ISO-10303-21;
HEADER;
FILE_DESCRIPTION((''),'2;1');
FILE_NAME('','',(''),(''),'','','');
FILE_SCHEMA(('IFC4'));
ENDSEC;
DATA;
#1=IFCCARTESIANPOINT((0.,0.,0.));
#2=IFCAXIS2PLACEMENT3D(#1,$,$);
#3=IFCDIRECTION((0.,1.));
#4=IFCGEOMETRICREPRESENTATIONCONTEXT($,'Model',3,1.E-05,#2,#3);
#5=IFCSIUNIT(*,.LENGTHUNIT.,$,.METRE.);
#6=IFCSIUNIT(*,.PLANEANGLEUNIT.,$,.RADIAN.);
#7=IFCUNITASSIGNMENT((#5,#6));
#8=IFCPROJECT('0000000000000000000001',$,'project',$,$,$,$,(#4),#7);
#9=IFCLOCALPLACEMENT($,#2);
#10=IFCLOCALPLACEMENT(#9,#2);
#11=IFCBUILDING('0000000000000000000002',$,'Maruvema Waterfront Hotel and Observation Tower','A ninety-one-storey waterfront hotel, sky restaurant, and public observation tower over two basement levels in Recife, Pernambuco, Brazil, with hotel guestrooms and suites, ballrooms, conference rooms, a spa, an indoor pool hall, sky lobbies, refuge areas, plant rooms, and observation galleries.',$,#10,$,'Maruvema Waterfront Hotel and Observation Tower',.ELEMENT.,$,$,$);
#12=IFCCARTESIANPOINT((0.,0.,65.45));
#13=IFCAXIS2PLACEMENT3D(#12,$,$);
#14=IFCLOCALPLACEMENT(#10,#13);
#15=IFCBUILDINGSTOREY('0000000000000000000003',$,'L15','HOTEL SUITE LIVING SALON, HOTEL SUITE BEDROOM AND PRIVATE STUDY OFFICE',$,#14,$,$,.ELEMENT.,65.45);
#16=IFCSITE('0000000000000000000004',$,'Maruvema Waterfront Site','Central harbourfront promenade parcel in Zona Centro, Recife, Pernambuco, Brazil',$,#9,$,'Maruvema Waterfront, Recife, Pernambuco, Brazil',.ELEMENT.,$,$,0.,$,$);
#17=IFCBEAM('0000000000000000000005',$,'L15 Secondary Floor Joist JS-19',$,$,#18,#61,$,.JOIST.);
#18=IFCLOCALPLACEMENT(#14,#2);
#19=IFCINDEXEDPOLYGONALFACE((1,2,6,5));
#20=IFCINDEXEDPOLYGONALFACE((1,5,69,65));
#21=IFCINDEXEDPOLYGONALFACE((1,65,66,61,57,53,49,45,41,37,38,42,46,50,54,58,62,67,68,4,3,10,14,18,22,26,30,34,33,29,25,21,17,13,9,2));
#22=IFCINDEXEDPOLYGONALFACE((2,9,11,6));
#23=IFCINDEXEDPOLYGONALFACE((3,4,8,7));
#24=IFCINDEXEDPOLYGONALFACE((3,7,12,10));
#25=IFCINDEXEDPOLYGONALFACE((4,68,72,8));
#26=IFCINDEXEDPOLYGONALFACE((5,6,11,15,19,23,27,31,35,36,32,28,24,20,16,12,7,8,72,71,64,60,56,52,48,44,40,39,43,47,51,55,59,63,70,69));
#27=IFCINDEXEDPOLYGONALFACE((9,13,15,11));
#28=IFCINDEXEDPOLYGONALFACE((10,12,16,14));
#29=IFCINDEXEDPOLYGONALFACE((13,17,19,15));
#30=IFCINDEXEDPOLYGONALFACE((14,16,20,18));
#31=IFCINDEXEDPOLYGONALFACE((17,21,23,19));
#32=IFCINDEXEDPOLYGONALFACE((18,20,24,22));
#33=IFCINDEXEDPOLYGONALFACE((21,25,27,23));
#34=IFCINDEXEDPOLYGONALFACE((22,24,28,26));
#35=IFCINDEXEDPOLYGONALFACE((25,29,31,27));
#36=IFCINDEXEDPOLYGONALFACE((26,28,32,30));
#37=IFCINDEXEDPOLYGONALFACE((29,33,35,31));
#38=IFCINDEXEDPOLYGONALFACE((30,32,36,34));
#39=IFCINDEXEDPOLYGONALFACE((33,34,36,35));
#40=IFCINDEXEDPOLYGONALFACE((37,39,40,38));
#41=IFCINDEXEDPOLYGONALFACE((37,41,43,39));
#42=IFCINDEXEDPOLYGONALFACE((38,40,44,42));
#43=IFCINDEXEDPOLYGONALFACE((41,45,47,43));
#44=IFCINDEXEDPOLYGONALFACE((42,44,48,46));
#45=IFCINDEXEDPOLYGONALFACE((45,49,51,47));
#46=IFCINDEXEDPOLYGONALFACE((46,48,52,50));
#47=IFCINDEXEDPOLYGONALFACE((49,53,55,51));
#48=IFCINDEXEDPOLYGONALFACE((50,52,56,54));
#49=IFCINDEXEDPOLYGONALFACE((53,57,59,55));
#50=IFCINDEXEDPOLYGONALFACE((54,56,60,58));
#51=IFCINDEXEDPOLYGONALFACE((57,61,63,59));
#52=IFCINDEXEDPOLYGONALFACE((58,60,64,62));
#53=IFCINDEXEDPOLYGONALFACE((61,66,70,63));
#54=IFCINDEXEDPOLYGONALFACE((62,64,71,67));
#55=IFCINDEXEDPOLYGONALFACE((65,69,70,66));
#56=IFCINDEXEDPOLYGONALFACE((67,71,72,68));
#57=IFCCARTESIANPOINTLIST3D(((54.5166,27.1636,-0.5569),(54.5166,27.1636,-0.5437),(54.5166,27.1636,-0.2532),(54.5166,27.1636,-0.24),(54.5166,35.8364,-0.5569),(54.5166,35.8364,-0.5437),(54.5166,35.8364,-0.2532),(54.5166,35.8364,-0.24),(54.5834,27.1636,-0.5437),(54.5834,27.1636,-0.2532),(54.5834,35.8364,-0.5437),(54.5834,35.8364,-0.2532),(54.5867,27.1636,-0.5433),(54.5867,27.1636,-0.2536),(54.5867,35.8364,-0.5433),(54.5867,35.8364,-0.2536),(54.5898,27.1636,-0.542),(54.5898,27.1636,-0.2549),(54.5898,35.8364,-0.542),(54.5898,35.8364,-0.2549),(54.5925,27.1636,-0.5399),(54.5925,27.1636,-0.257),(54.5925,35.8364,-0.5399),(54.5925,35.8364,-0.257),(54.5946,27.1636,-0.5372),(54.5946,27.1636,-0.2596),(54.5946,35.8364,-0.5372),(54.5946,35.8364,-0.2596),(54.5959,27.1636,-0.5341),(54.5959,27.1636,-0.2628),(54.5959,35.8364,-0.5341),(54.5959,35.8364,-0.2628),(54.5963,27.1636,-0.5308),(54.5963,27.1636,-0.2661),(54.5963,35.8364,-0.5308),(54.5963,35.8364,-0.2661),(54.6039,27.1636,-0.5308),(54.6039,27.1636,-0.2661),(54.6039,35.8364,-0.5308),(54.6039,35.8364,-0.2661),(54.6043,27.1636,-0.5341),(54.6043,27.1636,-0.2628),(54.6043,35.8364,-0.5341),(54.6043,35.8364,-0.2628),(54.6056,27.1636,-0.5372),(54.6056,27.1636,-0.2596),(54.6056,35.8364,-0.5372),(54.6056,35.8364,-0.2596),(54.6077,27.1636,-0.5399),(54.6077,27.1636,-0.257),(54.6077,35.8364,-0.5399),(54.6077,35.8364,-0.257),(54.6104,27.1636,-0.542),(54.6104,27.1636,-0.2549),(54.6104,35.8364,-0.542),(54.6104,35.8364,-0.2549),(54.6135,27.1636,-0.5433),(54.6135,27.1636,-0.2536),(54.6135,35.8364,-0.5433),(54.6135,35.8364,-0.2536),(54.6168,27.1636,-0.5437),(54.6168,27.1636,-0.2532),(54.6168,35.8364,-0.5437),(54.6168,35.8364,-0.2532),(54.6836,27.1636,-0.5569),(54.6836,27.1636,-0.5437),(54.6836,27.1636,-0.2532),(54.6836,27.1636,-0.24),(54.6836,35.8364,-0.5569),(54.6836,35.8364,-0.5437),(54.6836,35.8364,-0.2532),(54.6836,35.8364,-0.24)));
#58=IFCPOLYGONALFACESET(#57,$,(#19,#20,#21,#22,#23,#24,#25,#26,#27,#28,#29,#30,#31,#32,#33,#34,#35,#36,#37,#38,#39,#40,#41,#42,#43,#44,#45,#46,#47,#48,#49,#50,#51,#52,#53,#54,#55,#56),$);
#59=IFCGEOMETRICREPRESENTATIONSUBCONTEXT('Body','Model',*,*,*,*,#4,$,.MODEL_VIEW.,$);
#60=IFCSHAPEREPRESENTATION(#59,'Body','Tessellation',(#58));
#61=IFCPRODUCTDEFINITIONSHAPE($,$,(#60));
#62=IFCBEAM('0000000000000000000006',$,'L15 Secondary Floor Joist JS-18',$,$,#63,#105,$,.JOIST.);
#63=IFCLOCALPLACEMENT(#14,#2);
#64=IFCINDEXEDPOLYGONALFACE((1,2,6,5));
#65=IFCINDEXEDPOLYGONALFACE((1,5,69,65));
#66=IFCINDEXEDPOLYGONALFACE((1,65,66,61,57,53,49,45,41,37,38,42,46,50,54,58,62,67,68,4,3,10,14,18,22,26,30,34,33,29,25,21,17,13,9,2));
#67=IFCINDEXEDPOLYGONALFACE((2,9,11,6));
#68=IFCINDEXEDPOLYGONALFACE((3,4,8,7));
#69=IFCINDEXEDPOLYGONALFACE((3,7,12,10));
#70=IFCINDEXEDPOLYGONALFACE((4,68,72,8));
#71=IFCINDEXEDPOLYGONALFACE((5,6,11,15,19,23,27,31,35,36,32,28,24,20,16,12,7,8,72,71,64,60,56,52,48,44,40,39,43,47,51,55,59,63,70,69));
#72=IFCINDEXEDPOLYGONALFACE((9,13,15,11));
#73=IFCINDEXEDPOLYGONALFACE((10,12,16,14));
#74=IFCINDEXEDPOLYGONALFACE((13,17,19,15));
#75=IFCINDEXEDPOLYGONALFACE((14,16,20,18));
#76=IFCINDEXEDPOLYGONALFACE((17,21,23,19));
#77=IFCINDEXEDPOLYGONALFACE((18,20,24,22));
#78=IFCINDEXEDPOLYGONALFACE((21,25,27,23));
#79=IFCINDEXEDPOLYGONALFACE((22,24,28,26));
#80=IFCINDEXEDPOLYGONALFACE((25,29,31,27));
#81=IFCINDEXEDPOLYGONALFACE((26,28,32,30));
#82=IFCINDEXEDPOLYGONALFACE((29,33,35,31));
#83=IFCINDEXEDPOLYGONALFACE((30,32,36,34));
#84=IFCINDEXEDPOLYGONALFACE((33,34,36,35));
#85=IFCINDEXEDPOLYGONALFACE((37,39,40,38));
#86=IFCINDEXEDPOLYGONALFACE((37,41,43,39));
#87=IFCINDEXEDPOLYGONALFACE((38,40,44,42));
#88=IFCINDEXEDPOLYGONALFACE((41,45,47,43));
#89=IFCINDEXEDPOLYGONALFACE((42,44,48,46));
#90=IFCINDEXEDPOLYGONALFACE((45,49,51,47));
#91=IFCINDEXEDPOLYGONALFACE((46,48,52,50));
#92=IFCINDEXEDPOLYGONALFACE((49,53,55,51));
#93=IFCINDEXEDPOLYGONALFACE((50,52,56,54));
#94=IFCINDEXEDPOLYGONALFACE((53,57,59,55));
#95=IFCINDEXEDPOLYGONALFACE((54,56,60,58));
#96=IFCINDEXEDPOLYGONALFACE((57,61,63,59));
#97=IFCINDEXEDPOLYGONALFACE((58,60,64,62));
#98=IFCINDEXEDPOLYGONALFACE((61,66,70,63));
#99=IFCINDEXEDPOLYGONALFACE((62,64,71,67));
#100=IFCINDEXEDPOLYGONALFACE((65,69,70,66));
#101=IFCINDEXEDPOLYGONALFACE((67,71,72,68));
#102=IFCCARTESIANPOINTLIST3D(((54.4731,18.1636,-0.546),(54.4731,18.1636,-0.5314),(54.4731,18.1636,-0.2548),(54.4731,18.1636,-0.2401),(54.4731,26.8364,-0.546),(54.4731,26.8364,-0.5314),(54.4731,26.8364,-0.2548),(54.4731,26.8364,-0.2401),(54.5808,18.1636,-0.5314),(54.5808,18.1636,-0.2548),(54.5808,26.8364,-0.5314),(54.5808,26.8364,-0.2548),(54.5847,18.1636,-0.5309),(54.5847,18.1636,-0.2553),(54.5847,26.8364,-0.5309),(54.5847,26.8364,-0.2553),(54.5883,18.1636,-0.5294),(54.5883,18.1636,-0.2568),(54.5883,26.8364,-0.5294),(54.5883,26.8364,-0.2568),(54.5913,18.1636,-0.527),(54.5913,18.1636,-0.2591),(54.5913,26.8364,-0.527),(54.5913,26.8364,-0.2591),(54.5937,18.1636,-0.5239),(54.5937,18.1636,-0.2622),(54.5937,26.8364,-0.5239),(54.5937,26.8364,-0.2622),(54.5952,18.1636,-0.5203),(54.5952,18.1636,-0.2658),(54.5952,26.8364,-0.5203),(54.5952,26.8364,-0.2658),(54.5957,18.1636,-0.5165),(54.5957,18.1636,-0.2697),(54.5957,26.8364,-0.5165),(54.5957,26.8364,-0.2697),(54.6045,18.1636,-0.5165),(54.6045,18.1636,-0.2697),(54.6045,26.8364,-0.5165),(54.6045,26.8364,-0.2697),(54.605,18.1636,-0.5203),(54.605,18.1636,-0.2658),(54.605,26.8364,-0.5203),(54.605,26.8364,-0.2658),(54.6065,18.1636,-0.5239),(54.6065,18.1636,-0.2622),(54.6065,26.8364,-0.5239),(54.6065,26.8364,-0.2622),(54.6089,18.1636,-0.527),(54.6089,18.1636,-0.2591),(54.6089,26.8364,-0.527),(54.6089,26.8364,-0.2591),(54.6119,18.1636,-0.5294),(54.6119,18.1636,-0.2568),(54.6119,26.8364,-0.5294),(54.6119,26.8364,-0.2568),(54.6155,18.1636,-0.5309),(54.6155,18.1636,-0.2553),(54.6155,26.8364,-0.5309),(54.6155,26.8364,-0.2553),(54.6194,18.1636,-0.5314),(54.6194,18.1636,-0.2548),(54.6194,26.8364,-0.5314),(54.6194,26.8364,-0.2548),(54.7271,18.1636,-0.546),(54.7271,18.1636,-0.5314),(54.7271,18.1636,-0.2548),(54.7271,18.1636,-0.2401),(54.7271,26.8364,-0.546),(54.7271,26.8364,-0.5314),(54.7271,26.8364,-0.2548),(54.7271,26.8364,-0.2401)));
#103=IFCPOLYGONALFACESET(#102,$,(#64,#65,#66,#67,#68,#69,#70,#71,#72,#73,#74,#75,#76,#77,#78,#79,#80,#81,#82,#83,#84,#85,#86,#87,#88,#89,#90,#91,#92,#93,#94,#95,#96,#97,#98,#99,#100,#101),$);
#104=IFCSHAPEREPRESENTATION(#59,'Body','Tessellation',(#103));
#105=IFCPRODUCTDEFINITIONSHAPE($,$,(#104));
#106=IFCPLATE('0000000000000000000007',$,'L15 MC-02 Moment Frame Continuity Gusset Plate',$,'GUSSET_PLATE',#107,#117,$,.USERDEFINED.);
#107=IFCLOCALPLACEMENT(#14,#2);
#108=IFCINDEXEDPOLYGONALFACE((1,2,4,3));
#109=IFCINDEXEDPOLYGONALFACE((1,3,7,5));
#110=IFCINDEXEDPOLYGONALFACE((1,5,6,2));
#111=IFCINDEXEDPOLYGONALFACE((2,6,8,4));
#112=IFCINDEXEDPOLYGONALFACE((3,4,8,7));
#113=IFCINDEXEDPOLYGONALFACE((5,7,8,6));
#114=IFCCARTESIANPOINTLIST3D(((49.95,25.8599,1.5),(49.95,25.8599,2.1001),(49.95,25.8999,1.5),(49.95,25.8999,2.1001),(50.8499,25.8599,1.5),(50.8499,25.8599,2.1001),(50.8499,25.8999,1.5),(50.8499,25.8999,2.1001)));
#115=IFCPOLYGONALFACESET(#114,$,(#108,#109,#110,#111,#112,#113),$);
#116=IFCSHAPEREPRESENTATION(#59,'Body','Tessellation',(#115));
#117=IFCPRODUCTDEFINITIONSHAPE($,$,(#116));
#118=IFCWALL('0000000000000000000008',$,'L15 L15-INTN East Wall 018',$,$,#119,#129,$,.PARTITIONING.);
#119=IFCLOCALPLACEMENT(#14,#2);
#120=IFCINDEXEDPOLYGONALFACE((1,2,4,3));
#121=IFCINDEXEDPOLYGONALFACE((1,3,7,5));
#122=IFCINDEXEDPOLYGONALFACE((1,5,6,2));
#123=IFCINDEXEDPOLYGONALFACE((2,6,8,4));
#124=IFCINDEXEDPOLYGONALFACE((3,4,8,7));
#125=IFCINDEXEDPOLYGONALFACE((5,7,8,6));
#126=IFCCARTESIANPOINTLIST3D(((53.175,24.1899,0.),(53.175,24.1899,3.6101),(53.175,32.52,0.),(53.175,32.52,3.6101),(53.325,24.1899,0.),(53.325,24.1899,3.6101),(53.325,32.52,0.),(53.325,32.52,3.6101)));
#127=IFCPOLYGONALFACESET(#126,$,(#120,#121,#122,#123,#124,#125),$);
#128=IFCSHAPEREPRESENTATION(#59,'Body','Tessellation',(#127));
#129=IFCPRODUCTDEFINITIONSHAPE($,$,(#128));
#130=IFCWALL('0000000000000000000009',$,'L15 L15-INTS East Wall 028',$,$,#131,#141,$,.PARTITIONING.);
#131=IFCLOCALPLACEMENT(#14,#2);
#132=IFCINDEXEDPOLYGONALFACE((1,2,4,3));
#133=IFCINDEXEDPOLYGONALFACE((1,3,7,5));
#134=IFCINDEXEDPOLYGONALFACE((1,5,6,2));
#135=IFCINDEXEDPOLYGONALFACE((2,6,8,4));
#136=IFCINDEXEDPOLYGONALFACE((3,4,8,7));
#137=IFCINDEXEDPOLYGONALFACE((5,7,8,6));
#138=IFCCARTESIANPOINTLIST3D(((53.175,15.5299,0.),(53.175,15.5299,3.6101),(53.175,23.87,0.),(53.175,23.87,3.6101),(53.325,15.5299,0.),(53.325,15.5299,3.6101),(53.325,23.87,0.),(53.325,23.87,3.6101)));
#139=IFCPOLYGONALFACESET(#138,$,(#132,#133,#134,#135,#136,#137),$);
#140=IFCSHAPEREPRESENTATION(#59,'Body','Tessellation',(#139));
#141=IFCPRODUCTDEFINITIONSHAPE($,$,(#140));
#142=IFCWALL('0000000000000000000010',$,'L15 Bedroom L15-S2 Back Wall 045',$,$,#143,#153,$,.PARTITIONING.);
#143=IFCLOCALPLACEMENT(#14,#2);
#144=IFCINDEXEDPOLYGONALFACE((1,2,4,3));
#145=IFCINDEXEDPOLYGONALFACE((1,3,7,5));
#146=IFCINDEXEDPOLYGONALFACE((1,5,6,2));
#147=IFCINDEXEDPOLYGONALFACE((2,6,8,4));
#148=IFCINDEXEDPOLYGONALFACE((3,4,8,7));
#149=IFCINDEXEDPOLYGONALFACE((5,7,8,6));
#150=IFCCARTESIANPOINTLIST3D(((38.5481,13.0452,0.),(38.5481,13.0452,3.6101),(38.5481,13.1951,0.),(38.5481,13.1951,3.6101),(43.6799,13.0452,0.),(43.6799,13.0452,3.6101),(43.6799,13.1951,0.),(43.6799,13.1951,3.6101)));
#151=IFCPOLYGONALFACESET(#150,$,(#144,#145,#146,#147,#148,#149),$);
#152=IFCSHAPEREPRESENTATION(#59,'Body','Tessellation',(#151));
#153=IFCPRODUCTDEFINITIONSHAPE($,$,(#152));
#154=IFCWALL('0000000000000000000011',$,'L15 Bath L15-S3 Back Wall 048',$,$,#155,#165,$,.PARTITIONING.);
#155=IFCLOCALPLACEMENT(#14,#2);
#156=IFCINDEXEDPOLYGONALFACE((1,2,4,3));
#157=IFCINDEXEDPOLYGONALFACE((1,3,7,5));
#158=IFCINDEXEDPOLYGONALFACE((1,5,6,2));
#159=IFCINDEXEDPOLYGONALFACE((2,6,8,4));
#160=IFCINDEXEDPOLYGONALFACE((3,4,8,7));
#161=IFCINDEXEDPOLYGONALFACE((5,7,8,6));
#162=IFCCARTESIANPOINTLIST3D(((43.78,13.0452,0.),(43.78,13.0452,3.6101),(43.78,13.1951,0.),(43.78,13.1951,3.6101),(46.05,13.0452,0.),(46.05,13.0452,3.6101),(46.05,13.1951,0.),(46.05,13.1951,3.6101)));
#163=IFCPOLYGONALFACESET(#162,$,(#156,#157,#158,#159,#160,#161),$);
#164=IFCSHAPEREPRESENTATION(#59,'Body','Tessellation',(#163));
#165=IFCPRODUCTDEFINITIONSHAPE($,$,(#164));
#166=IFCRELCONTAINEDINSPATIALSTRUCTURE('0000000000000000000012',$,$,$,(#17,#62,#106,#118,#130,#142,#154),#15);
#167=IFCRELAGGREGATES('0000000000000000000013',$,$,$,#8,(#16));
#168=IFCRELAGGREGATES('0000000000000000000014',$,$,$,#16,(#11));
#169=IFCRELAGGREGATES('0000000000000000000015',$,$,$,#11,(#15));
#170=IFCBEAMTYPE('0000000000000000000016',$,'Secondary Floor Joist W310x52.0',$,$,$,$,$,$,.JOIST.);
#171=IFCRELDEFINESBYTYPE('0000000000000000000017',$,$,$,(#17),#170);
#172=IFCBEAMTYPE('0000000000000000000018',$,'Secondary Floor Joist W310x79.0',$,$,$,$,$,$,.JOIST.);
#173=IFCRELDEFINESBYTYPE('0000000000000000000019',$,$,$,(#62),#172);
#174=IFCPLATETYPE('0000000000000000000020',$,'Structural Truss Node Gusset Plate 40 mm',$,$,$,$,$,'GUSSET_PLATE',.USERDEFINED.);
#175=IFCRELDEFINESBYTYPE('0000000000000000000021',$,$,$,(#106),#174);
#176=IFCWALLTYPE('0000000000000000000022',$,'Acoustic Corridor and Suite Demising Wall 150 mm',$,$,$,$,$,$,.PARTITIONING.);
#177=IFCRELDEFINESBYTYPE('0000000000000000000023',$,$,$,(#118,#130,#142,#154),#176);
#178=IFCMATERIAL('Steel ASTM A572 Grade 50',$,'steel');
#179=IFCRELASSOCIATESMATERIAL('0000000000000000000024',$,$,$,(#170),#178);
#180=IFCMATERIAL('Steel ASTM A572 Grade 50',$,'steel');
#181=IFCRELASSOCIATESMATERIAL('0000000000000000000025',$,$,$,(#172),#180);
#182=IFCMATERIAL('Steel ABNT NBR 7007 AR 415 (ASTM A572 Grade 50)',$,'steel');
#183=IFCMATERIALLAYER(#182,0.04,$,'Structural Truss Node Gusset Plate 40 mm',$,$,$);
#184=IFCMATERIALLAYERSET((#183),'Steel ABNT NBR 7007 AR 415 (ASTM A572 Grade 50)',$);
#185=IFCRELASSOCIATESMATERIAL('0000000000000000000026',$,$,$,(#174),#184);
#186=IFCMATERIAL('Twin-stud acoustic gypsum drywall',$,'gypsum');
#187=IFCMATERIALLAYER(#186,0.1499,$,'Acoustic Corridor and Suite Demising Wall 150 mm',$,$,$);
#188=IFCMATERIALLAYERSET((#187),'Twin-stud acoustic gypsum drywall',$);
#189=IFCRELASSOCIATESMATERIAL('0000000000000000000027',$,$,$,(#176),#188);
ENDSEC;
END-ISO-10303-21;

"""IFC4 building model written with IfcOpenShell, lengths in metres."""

from ifc_helpers import new_model, si_unit, direction, frame, frame_2d, origin, origin_2d, place, context, subcontext, project, spatial, rectangle, i_section, extrude, material, layer, layer_set, material_profile, profile_set, type_object, element, save


model = new_model("IFC4")

# Units and contexts
model_context = context("Model", 3, precision=1e-05, world=origin(), true_north=direction((0.0, 1.0)))
body_context = subcontext(model_context, "Body", "Model", "MODEL_VIEW")
ifc_project = project(units=[si_unit("LENGTHUNIT", "METRE"), si_unit("PLANEANGLEUNIT", "RADIAN")], contexts=[model_context])

# Site, building, storey
site_placement = place(None, origin())
site = spatial("IfcSite", under=ifc_project, at=site_placement, Name="Maruvema Waterfront Site", Description="Central harbourfront promenade parcel in Zona Centro, Recife, Pernambuco, Brazil", LongName="Maruvema Waterfront, Recife, Pernambuco, Brazil", CompositionType="ELEMENT", RefElevation=0.0)
building_placement = place(site_placement, origin())
building = spatial("IfcBuilding", under=site, at=building_placement, Name="Maruvema Waterfront Hotel and Observation Tower", Description="A ninety-one-storey waterfront hotel, sky restaurant, and public observation tower over two basement levels in Recife, Pernambuco, Brazil, with hotel guestrooms and suites, ballrooms, conference rooms, a spa, an indoor pool hall, sky lobbies, refuge areas, plant rooms, and observation galleries.", LongName="Maruvema Waterfront Hotel and Observation Tower", CompositionType="ELEMENT")
storey_placement = place(building_placement, frame((0.0, 0.0, 65.45)))
storey = spatial("IfcBuildingStorey", under=building, at=storey_placement, Name="L15", Description="HOTEL SUITE LIVING SALON, HOTEL SUITE BEDROOM AND PRIVATE STUDY OFFICE", CompositionType="ELEMENT", Elevation=65.45)

# Beams
ifc_material_1 = material(Name="Steel ASTM A572 Grade 50", Category="steel")
ifc_material_profile_1 = material_profile(ifc_material_1, i_section(OverallWidth=0.167, OverallDepth=0.3169, WebThickness=0.0076, FlangeThickness=0.0132, FilletRadius=0.0129, at=origin_2d()), Name="W310x52.0")
ifc_profile_set_1 = profile_set([ifc_material_profile_1], Name="Steel ASTM A572 Grade 50")
beam_type_1 = type_object("IfcBeamType", Name="Secondary Floor Joist W310x52.0", PredefinedType="JOIST", material=ifc_profile_set_1)
beam_1_placement = place(storey_placement, frame((54.6001, 27.1636, -0.3984), z_axis=(0.0, 1.0, 0.0), x_axis=(-1.0, 0.0, 0.0)))
element("IfcBeam", 1, at=beam_1_placement, inside=storey, type_object=beam_type_1, Name="L15 Secondary Floor Joist JS-19", PredefinedType="JOIST", context=body_context, shape_type="SweptSolid", body=[
    extrude(i_section(OverallWidth=0.167, OverallDepth=0.3169, WebThickness=0.0076, FlangeThickness=0.0132, FilletRadius=0.0129, at=origin_2d()), origin(), (0.0, 0.0, 1.0), 8.6729),
])
ifc_material_2 = material(Name="Steel ASTM A572 Grade 50", Category="steel")
ifc_material_profile_2 = material_profile(ifc_material_2, i_section(OverallWidth=0.2539, OverallDepth=0.3059, WebThickness=0.0088, FlangeThickness=0.0146, FilletRadius=0.0149, at=origin_2d()), Name="W310x79.0")
ifc_profile_set_2 = profile_set([ifc_material_profile_2], Name="Steel ASTM A572 Grade 50")
beam_type_2 = type_object("IfcBeamType", Name="Secondary Floor Joist W310x79.0", PredefinedType="JOIST", material=ifc_profile_set_2)
beam_2_placement = place(storey_placement, frame((54.6001, 18.1636, -0.3931), z_axis=(0.0, 1.0, 0.0), x_axis=(-1.0, 0.0, 0.0)))
element("IfcBeam", 2, at=beam_2_placement, inside=storey, type_object=beam_type_2, Name="L15 Secondary Floor Joist JS-18", PredefinedType="JOIST", context=body_context, shape_type="SweptSolid", body=[
    extrude(i_section(OverallWidth=0.2539, OverallDepth=0.3059, WebThickness=0.0088, FlangeThickness=0.0146, FilletRadius=0.0149, at=origin_2d()), origin(), (0.0, 0.0, 1.0), 8.6729),
])

# Plate
ifc_material_3 = material(Name="Steel ABNT NBR 7007 AR 415 (ASTM A572 Grade 50)", Category="steel")
ifc_layer_1 = layer(ifc_material_3, 0.04, Name="Structural Truss Node Gusset Plate 40 mm")
ifc_layer_set_1 = layer_set([ifc_layer_1], Name="Steel ABNT NBR 7007 AR 415 (ASTM A572 Grade 50)")
plate_type = type_object("IfcPlateType", Name="Structural Truss Node Gusset Plate 40 mm", ElementType="GUSSET_PLATE", PredefinedType="USERDEFINED", material=ifc_layer_set_1)
plate_placement = place(storey_placement, frame((50.3999, 25.8799, 1.5), z_axis=(0.0, 0.0, 1.0), x_axis=(1.0, 0.0, 0.0)))
element("IfcPlate", 3, at=plate_placement, inside=storey, type_object=plate_type, Name="L15 MC-02 Moment Frame Continuity Gusset Plate", ObjectType="GUSSET_PLATE", PredefinedType="USERDEFINED", context=body_context, shape_type="SweptSolid", body=[
    extrude(rectangle(XDim=0.8999, YDim=0.04, at=origin_2d()), origin(), (0.0, 0.0, 1.0), 0.6001),
])

# Walls
ifc_material_4 = material(Name="Twin-stud acoustic gypsum drywall", Category="gypsum")
ifc_layer_2 = layer(ifc_material_4, 0.1499, Name="Acoustic Corridor and Suite Demising Wall 150 mm")
ifc_layer_set_2 = layer_set([ifc_layer_2], Name="Twin-stud acoustic gypsum drywall")
wall_type_1 = type_object("IfcWallType", Name="Acoustic Corridor and Suite Demising Wall 150 mm", PredefinedType="PARTITIONING", material=ifc_layer_set_2)
wall_1_placement = place(storey_placement, frame((53.25, 24.1899, 0.0), z_axis=(0.0, 0.0, 1.0), x_axis=(0.0, 1.0, 0.0)))
element("IfcWall", 4, at=wall_1_placement, inside=storey, type_object=wall_type_1, Name="L15 L15-INTN East Wall 018", PredefinedType="PARTITIONING", context=body_context, shape_type="SweptSolid", body=[
    extrude(rectangle(XDim=8.3301, YDim=0.1499, at=frame_2d((4.165, 0.0))), origin(), (0.0, 0.0, 1.0), 3.6101),
])
wall_2_placement = place(storey_placement, frame((53.25, 15.53, 0.0), z_axis=(0.0, 0.0, 1.0), x_axis=(0.0, 1.0, 0.0)))
element("IfcWall", 5, at=wall_2_placement, inside=storey, type_object=wall_type_1, Name="L15 L15-INTS East Wall 028", PredefinedType="PARTITIONING", context=body_context, shape_type="SweptSolid", body=[
    extrude(rectangle(XDim=8.3401, YDim=0.1499, at=frame_2d((4.1699, 0.0))), origin(), (0.0, 0.0, 1.0), 3.6101),
])
wall_3_placement = place(storey_placement, frame((38.5481, 13.1201, 0.0), z_axis=(0.0, 0.0, 1.0), x_axis=(1.0, 0.0, 0.0)))
element("IfcWall", 6, at=wall_3_placement, inside=storey, type_object=wall_type_1, Name="L15 Bedroom L15-S2 Back Wall 045", PredefinedType="PARTITIONING", context=body_context, shape_type="SweptSolid", body=[
    extrude(rectangle(XDim=5.1318, YDim=0.1499, at=frame_2d((2.5659, 0.0))), origin(), (0.0, 0.0, 1.0), 3.6101),
])
wall_4_placement = place(storey_placement, frame((43.78, 13.1201, 0.0), z_axis=(0.0, 0.0, 1.0), x_axis=(1.0, 0.0, 0.0)))
element("IfcWall", 7, at=wall_4_placement, inside=storey, type_object=wall_type_1, Name="L15 Bath L15-S3 Back Wall 048", PredefinedType="PARTITIONING", context=body_context, shape_type="SweptSolid", body=[
    extrude(rectangle(XDim=2.27, YDim=0.1499, at=frame_2d((1.135, 0.0))), origin(), (0.0, 0.0, 1.0), 3.6101),
])

save(model, "model.ifc")
